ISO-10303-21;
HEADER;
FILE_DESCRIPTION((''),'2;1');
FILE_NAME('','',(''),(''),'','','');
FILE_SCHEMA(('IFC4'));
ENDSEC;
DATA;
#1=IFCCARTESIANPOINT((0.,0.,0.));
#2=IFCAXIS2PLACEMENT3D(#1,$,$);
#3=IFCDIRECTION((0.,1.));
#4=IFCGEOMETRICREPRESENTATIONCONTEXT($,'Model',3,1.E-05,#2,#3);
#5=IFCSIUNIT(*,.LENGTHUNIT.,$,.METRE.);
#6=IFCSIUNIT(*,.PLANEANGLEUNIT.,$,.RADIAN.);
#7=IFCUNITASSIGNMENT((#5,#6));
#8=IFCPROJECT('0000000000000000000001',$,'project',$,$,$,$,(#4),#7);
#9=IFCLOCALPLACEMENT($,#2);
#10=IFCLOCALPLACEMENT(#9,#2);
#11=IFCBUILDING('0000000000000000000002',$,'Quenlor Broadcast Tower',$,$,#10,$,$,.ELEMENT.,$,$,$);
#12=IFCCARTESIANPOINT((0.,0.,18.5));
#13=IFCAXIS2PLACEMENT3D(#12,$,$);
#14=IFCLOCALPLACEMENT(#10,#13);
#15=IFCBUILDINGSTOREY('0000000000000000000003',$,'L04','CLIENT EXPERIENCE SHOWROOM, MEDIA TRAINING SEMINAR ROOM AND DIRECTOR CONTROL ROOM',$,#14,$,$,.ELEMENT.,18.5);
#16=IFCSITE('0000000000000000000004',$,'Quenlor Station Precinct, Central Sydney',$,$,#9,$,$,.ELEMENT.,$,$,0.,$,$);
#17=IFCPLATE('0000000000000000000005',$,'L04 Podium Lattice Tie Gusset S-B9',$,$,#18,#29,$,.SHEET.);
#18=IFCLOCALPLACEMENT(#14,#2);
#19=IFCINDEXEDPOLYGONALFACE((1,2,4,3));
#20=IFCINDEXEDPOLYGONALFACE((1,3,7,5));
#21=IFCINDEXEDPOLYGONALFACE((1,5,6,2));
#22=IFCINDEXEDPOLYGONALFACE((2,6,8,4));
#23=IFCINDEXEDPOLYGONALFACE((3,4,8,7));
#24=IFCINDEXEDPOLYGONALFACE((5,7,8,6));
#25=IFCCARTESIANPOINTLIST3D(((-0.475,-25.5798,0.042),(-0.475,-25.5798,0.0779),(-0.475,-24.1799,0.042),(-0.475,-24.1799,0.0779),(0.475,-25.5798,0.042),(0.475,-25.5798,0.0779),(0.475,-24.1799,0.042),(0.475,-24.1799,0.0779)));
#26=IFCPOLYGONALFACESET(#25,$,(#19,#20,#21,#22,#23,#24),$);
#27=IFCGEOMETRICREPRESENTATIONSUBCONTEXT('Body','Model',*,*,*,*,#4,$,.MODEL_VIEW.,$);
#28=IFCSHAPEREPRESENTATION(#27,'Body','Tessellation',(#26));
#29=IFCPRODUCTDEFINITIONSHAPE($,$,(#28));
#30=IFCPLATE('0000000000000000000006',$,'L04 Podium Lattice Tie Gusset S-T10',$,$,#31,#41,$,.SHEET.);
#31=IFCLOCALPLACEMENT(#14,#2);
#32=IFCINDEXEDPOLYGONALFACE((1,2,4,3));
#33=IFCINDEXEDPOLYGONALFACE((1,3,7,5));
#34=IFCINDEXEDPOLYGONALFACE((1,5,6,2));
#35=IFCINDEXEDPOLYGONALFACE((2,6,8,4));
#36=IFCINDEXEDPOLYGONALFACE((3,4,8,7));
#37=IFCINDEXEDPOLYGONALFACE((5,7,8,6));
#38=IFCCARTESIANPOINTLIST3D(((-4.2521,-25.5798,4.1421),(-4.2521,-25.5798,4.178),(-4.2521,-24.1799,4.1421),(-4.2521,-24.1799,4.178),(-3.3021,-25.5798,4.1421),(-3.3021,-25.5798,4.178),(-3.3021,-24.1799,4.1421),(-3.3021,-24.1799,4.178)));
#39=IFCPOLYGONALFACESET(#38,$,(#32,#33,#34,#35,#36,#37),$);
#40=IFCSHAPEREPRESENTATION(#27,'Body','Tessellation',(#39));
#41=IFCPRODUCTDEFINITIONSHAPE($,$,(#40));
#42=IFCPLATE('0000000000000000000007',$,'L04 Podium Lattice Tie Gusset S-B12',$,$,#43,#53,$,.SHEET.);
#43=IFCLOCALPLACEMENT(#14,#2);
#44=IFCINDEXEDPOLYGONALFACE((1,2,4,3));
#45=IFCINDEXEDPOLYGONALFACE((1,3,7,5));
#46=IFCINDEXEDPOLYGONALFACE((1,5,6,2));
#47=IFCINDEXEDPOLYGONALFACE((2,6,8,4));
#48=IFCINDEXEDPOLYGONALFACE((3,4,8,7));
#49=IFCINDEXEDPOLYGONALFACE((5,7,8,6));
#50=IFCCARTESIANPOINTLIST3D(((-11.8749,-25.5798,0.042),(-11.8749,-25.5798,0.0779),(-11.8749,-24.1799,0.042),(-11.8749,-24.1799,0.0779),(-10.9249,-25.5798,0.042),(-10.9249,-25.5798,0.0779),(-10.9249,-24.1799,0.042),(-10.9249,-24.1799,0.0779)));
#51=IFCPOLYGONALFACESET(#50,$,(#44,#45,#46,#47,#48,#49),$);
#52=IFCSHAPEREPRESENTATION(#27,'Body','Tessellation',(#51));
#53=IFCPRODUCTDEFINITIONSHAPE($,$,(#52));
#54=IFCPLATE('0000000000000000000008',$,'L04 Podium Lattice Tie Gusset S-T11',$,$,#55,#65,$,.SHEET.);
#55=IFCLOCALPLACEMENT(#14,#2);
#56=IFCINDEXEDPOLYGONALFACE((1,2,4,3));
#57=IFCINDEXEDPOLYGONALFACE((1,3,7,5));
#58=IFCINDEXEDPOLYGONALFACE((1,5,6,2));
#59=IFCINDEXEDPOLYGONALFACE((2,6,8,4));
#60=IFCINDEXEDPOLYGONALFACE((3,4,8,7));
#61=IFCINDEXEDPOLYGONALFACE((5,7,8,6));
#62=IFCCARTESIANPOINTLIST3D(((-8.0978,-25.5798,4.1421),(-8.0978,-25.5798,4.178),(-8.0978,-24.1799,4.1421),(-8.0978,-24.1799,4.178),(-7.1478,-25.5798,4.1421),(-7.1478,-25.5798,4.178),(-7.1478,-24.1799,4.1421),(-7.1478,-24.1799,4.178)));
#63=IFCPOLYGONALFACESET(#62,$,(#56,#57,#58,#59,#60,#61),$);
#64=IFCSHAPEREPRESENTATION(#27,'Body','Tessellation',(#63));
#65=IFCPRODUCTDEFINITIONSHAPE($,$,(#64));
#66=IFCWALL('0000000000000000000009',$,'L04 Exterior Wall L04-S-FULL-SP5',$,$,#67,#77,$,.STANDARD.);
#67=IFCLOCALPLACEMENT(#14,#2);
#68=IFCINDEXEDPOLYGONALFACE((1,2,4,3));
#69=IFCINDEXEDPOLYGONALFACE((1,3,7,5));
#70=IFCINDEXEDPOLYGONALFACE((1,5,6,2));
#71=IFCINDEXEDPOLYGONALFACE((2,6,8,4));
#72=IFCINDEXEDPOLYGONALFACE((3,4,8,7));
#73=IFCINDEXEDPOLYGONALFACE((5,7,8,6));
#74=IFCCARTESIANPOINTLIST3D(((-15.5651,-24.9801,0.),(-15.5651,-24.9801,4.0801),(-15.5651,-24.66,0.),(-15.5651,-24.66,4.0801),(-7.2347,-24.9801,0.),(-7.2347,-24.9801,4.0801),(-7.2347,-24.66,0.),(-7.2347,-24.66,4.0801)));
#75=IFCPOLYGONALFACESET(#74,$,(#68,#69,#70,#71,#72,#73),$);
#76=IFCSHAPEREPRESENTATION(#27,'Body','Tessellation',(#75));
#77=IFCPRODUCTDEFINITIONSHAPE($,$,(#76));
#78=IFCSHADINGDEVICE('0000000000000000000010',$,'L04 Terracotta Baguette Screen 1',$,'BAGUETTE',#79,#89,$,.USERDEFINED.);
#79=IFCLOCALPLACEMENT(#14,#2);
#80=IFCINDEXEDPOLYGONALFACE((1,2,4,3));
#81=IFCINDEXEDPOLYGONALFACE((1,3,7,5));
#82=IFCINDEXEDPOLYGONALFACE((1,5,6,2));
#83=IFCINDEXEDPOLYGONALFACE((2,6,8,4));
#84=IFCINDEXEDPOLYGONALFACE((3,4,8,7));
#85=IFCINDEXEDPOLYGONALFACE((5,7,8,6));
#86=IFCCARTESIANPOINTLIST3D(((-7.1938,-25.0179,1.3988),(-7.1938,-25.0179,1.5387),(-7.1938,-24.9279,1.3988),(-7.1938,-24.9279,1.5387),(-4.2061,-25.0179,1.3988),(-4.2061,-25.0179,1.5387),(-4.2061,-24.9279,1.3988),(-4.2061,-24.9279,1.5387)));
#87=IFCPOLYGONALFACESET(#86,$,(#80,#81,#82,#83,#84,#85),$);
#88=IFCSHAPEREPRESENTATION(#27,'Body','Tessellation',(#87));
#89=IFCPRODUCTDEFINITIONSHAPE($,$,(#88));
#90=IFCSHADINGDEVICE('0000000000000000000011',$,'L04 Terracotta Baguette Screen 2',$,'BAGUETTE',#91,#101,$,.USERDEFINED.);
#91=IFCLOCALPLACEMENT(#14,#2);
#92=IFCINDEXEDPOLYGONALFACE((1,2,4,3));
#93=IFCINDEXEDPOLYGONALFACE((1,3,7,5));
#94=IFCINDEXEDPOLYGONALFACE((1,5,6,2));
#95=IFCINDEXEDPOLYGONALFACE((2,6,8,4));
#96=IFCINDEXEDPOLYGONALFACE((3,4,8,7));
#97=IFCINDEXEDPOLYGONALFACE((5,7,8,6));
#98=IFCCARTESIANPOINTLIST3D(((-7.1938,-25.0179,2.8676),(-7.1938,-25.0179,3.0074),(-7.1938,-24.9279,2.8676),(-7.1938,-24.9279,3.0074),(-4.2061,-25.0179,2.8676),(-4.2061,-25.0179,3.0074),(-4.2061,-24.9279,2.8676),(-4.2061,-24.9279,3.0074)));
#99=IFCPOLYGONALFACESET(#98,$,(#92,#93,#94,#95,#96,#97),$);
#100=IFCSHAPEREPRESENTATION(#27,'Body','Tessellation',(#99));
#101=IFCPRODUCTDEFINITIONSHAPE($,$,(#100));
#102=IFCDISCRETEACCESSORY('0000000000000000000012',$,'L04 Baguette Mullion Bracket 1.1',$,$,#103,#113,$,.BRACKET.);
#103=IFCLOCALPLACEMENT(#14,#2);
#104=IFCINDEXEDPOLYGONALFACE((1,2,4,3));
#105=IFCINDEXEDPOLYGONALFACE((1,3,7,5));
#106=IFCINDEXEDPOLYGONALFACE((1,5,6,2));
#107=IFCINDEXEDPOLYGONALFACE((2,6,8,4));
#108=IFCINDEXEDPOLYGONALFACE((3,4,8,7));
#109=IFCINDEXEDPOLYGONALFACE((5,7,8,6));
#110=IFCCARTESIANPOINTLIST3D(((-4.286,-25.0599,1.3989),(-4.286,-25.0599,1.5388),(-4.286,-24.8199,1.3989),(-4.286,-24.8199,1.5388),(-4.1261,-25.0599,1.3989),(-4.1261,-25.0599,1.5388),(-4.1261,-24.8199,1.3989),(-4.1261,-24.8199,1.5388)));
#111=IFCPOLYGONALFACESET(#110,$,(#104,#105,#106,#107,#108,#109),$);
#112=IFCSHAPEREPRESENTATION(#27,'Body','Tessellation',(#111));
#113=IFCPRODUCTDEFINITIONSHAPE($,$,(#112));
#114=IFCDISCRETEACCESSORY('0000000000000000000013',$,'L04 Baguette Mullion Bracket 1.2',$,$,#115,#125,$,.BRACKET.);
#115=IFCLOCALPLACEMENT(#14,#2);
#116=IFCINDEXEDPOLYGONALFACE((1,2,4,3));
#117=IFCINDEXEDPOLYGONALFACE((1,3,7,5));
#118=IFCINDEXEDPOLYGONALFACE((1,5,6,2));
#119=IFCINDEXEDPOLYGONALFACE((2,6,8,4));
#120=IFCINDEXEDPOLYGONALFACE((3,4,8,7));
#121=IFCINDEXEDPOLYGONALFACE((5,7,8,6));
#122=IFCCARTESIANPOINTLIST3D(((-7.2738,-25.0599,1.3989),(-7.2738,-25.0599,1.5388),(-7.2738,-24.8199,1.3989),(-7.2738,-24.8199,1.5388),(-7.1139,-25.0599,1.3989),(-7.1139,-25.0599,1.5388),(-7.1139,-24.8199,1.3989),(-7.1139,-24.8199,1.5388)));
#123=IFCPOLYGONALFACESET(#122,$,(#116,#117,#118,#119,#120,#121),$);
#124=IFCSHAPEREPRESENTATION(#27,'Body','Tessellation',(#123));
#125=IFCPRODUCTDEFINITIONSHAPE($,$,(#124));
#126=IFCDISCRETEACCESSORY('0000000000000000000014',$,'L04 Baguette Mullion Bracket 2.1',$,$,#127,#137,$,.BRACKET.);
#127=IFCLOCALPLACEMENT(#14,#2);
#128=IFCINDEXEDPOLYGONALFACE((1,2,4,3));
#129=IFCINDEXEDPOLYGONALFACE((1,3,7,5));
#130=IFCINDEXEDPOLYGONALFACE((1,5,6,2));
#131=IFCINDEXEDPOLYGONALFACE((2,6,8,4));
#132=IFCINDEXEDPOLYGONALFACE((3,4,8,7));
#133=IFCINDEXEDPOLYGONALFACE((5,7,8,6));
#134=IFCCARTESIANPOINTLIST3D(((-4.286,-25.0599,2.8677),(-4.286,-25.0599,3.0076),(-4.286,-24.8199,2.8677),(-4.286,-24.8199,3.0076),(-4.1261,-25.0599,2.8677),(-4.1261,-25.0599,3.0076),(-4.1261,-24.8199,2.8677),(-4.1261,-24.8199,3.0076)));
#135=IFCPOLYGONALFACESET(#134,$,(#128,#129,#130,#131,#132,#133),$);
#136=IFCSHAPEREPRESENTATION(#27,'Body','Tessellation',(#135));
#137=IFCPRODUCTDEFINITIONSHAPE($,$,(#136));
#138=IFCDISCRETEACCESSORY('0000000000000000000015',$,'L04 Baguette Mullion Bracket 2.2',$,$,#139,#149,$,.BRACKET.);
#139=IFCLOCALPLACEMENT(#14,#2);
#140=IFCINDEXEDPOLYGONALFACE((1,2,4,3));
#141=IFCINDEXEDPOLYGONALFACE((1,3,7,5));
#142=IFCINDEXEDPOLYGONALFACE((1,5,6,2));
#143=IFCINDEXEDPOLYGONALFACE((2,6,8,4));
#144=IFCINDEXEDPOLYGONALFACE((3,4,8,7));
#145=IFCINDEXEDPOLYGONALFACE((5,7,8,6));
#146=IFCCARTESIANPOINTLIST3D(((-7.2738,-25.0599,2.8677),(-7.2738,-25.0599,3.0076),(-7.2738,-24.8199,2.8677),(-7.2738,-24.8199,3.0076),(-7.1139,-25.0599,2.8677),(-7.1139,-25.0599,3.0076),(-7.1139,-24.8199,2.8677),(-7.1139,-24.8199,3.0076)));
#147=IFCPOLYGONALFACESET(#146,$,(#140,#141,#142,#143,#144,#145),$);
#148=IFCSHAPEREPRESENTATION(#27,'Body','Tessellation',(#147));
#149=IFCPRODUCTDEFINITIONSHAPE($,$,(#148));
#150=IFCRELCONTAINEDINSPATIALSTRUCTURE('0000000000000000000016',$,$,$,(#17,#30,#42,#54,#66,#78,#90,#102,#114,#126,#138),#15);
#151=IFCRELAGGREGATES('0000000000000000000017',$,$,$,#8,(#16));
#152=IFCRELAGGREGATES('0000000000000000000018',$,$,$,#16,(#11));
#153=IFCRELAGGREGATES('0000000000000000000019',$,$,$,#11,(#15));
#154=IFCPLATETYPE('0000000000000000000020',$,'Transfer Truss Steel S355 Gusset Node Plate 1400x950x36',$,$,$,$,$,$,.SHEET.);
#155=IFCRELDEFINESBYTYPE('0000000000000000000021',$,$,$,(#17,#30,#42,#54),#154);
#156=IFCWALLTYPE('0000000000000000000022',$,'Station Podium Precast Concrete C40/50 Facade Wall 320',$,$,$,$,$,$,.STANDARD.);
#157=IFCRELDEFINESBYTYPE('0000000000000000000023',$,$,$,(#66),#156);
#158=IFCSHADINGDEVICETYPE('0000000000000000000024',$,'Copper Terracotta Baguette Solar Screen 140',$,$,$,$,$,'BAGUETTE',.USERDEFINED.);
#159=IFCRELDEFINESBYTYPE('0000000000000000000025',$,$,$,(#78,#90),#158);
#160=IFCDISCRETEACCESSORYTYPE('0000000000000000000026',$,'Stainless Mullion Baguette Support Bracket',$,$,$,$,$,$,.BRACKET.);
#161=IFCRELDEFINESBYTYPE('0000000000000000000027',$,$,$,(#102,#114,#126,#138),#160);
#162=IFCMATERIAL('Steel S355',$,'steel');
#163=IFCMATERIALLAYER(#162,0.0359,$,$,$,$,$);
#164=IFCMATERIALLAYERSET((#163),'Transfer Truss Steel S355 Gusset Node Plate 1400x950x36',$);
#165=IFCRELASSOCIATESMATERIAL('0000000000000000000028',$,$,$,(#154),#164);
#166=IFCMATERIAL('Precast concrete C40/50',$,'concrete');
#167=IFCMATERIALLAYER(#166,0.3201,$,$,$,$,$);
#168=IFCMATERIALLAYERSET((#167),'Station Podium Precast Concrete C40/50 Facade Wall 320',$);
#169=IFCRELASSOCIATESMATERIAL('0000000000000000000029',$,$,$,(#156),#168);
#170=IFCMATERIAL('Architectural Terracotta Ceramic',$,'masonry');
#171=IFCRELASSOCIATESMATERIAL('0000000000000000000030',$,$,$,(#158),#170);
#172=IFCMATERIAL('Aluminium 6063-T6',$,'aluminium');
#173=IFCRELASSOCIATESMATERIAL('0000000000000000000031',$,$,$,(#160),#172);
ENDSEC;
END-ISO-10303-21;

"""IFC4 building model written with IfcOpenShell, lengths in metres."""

from ifc_helpers import new_model, si_unit, direction, frame, frame_2d, origin, origin_2d, place, context, subcontext, project, spatial, rectangle, extrude, material, layer, layer_set, material_profile, profile_set, type_object, element, save


model = new_model("IFC4")

# Units and contexts
model_context = context("Model", 3, precision=1e-05, world=origin(), true_north=direction((0.0, 1.0)))
body_context = subcontext(model_context, "Body", "Model", "MODEL_VIEW")
ifc_project = project(units=[si_unit("LENGTHUNIT", "METRE"), si_unit("PLANEANGLEUNIT", "RADIAN")], contexts=[model_context])

# Site, building, storey
site_placement = place(None, origin())
site = spatial("IfcSite", under=ifc_project, at=site_placement, Name="Quenlor Station Precinct, Central Sydney", CompositionType="ELEMENT", RefElevation=0.0)
building_placement = place(site_placement, origin())
building = spatial("IfcBuilding", under=site, at=building_placement, Name="Quenlor Broadcast Tower", CompositionType="ELEMENT")
storey_placement = place(building_placement, frame((0.0, 0.0, 18.5)))
storey = spatial("IfcBuildingStorey", under=building, at=storey_placement, Name="L04", Description="CLIENT EXPERIENCE SHOWROOM, MEDIA TRAINING SEMINAR ROOM AND DIRECTOR CONTROL ROOM", CompositionType="ELEMENT", Elevation=18.5)

# Plates
ifc_material_1 = material(Name="Steel S355", Category="steel")
ifc_layer_1 = layer(ifc_material_1, 0.0359)
ifc_layer_set_1 = layer_set([ifc_layer_1], Name="Transfer Truss Steel S355 Gusset Node Plate 1400x950x36")
plate_type_1 = type_object("IfcPlateType", Name="Transfer Truss Steel S355 Gusset Node Plate 1400x950x36", PredefinedType="SHEET", material=ifc_layer_set_1)
for number, where, z_axis, x_axis, name in (
    (1, (0.0, -24.8799, 0.042), (0.0, 0.0, 1.0), (0.0, -1.0, 0.0), "L04 Podium Lattice Tie Gusset S-B9"),
    (2, (-3.7771, -24.8799, 4.1421), (0.0, 0.0, 1.0), (0.0, -1.0, 0.0), "L04 Podium Lattice Tie Gusset S-T10"),
    (3, (-11.3999, -24.8799, 0.042), (0.0, 0.0, 1.0), (0.0, -1.0, 0.0), "L04 Podium Lattice Tie Gusset S-B12"),
    (4, (-7.6228, -24.8799, 4.1421), (0.0, 0.0, 1.0), (0.0, -1.0, 0.0), "L04 Podium Lattice Tie Gusset S-T11"),
):
    element("IfcPlate", number, at=place(storey_placement, frame(where, z_axis=z_axis, x_axis=x_axis)), inside=storey, type_object=plate_type_1, Name=name, PredefinedType="SHEET", context=body_context, shape_type="SweptSolid", body=[
        extrude(rectangle(XDim=1.3999, YDim=0.95, at=origin_2d()), origin(), (0.0, 0.0, 1.0), 0.0359),
    ])

# Wall
ifc_material_2 = material(Name="Precast concrete C40/50", Category="concrete")
ifc_layer_2 = layer(ifc_material_2, 0.3201)
ifc_layer_set_2 = layer_set([ifc_layer_2], Name="Station Podium Precast Concrete C40/50 Facade Wall 320")
wall_type = type_object("IfcWallType", Name="Station Podium Precast Concrete C40/50 Facade Wall 320", PredefinedType="STANDARD", material=ifc_layer_set_2)
wall_placement = place(storey_placement, frame((-7.2349, -24.8201, 0.0), z_axis=(0.0, 0.0, 1.0), x_axis=(-1.0, 0.0, 0.0)))
element("IfcWall", 5, at=wall_placement, inside=storey, type_object=wall_type, Name="L04 Exterior Wall L04-S-FULL-SP5", PredefinedType="STANDARD", context=body_context, shape_type="SweptSolid", body=[
    extrude(rectangle(XDim=8.3303, YDim=0.3201, at=frame_2d((4.165, 0.0))), origin(), (0.0, 0.0, 1.0), 4.0801),
])

# Shading devices
ifc_material_3 = material(Name="Architectural Terracotta Ceramic", Category="masonry")
ifc_material_profile_1 = material_profile(ifc_material_3, rectangle(XDim=0.0901, YDim=0.1399, at=origin_2d()))
ifc_profile_set_1 = profile_set([ifc_material_profile_1], Name="Architectural Terracotta Ceramic BAG90x140")
shading_device_type = type_object("IfcShadingDeviceType", Name="Copper Terracotta Baguette Solar Screen 140", ElementType="BAGUETTE", PredefinedType="USERDEFINED", material=ifc_profile_set_1)
for number, where, z_axis, x_axis, name in (
    (6, (-4.2061, -24.9729, 1.4688), (-1.0, 0.0, 0.0), (0.0, -1.0, 0.0), "L04 Terracotta Baguette Screen 1"),
    (7, (-4.2061, -24.9729, 2.9375), (-1.0, 0.0, 0.0), (0.0, -1.0, 0.0), "L04 Terracotta Baguette Screen 2"),
):
    element("IfcShadingDevice", number, at=place(storey_placement, frame(where, z_axis=z_axis, x_axis=x_axis)), inside=storey, type_object=shading_device_type, Name=name, ObjectType="BAGUETTE", PredefinedType="USERDEFINED", context=body_context, shape_type="SweptSolid", body=[
        extrude(rectangle(XDim=0.0901, YDim=0.1399, at=origin_2d()), origin(), (0.0, 0.0, 1.0), 2.9878),
    ])

# Discrete accessories
ifc_material_4 = material(Name="Aluminium 6063-T6", Category="aluminium")
discrete_accessory_type = type_object("IfcDiscreteAccessoryType", Name="Stainless Mullion Baguette Support Bracket", PredefinedType="BRACKET", material=ifc_material_4)
for number, where, z_axis, x_axis, name in (
    (8, (-4.2061, -24.9399, 1.3989), (0.0, 0.0, 1.0), (-1.0, 0.0, 0.0), "L04 Baguette Mullion Bracket 1.1"),
    (9, (-7.1938, -24.9399, 1.3989), (0.0, 0.0, 1.0), (-1.0, 0.0, 0.0), "L04 Baguette Mullion Bracket 1.2"),
    (10, (-4.2061, -24.9399, 2.8677), (0.0, 0.0, 1.0), (-1.0, 0.0, 0.0), "L04 Baguette Mullion Bracket 2.1"),
    (11, (-7.1938, -24.9399, 2.8677), (0.0, 0.0, 1.0), (-1.0, 0.0, 0.0), "L04 Baguette Mullion Bracket 2.2"),
):
    element("IfcDiscreteAccessory", number, at=place(storey_placement, frame(where, z_axis=z_axis, x_axis=x_axis)), inside=storey, type_object=discrete_accessory_type, Name=name, PredefinedType="BRACKET", context=body_context, shape_type="SweptSolid", body=[
        extrude(rectangle(XDim=0.1599, YDim=0.24, at=origin_2d()), origin(), (0.0, 0.0, 1.0), 0.1399),
    ])

save(model, "model.ifc")
